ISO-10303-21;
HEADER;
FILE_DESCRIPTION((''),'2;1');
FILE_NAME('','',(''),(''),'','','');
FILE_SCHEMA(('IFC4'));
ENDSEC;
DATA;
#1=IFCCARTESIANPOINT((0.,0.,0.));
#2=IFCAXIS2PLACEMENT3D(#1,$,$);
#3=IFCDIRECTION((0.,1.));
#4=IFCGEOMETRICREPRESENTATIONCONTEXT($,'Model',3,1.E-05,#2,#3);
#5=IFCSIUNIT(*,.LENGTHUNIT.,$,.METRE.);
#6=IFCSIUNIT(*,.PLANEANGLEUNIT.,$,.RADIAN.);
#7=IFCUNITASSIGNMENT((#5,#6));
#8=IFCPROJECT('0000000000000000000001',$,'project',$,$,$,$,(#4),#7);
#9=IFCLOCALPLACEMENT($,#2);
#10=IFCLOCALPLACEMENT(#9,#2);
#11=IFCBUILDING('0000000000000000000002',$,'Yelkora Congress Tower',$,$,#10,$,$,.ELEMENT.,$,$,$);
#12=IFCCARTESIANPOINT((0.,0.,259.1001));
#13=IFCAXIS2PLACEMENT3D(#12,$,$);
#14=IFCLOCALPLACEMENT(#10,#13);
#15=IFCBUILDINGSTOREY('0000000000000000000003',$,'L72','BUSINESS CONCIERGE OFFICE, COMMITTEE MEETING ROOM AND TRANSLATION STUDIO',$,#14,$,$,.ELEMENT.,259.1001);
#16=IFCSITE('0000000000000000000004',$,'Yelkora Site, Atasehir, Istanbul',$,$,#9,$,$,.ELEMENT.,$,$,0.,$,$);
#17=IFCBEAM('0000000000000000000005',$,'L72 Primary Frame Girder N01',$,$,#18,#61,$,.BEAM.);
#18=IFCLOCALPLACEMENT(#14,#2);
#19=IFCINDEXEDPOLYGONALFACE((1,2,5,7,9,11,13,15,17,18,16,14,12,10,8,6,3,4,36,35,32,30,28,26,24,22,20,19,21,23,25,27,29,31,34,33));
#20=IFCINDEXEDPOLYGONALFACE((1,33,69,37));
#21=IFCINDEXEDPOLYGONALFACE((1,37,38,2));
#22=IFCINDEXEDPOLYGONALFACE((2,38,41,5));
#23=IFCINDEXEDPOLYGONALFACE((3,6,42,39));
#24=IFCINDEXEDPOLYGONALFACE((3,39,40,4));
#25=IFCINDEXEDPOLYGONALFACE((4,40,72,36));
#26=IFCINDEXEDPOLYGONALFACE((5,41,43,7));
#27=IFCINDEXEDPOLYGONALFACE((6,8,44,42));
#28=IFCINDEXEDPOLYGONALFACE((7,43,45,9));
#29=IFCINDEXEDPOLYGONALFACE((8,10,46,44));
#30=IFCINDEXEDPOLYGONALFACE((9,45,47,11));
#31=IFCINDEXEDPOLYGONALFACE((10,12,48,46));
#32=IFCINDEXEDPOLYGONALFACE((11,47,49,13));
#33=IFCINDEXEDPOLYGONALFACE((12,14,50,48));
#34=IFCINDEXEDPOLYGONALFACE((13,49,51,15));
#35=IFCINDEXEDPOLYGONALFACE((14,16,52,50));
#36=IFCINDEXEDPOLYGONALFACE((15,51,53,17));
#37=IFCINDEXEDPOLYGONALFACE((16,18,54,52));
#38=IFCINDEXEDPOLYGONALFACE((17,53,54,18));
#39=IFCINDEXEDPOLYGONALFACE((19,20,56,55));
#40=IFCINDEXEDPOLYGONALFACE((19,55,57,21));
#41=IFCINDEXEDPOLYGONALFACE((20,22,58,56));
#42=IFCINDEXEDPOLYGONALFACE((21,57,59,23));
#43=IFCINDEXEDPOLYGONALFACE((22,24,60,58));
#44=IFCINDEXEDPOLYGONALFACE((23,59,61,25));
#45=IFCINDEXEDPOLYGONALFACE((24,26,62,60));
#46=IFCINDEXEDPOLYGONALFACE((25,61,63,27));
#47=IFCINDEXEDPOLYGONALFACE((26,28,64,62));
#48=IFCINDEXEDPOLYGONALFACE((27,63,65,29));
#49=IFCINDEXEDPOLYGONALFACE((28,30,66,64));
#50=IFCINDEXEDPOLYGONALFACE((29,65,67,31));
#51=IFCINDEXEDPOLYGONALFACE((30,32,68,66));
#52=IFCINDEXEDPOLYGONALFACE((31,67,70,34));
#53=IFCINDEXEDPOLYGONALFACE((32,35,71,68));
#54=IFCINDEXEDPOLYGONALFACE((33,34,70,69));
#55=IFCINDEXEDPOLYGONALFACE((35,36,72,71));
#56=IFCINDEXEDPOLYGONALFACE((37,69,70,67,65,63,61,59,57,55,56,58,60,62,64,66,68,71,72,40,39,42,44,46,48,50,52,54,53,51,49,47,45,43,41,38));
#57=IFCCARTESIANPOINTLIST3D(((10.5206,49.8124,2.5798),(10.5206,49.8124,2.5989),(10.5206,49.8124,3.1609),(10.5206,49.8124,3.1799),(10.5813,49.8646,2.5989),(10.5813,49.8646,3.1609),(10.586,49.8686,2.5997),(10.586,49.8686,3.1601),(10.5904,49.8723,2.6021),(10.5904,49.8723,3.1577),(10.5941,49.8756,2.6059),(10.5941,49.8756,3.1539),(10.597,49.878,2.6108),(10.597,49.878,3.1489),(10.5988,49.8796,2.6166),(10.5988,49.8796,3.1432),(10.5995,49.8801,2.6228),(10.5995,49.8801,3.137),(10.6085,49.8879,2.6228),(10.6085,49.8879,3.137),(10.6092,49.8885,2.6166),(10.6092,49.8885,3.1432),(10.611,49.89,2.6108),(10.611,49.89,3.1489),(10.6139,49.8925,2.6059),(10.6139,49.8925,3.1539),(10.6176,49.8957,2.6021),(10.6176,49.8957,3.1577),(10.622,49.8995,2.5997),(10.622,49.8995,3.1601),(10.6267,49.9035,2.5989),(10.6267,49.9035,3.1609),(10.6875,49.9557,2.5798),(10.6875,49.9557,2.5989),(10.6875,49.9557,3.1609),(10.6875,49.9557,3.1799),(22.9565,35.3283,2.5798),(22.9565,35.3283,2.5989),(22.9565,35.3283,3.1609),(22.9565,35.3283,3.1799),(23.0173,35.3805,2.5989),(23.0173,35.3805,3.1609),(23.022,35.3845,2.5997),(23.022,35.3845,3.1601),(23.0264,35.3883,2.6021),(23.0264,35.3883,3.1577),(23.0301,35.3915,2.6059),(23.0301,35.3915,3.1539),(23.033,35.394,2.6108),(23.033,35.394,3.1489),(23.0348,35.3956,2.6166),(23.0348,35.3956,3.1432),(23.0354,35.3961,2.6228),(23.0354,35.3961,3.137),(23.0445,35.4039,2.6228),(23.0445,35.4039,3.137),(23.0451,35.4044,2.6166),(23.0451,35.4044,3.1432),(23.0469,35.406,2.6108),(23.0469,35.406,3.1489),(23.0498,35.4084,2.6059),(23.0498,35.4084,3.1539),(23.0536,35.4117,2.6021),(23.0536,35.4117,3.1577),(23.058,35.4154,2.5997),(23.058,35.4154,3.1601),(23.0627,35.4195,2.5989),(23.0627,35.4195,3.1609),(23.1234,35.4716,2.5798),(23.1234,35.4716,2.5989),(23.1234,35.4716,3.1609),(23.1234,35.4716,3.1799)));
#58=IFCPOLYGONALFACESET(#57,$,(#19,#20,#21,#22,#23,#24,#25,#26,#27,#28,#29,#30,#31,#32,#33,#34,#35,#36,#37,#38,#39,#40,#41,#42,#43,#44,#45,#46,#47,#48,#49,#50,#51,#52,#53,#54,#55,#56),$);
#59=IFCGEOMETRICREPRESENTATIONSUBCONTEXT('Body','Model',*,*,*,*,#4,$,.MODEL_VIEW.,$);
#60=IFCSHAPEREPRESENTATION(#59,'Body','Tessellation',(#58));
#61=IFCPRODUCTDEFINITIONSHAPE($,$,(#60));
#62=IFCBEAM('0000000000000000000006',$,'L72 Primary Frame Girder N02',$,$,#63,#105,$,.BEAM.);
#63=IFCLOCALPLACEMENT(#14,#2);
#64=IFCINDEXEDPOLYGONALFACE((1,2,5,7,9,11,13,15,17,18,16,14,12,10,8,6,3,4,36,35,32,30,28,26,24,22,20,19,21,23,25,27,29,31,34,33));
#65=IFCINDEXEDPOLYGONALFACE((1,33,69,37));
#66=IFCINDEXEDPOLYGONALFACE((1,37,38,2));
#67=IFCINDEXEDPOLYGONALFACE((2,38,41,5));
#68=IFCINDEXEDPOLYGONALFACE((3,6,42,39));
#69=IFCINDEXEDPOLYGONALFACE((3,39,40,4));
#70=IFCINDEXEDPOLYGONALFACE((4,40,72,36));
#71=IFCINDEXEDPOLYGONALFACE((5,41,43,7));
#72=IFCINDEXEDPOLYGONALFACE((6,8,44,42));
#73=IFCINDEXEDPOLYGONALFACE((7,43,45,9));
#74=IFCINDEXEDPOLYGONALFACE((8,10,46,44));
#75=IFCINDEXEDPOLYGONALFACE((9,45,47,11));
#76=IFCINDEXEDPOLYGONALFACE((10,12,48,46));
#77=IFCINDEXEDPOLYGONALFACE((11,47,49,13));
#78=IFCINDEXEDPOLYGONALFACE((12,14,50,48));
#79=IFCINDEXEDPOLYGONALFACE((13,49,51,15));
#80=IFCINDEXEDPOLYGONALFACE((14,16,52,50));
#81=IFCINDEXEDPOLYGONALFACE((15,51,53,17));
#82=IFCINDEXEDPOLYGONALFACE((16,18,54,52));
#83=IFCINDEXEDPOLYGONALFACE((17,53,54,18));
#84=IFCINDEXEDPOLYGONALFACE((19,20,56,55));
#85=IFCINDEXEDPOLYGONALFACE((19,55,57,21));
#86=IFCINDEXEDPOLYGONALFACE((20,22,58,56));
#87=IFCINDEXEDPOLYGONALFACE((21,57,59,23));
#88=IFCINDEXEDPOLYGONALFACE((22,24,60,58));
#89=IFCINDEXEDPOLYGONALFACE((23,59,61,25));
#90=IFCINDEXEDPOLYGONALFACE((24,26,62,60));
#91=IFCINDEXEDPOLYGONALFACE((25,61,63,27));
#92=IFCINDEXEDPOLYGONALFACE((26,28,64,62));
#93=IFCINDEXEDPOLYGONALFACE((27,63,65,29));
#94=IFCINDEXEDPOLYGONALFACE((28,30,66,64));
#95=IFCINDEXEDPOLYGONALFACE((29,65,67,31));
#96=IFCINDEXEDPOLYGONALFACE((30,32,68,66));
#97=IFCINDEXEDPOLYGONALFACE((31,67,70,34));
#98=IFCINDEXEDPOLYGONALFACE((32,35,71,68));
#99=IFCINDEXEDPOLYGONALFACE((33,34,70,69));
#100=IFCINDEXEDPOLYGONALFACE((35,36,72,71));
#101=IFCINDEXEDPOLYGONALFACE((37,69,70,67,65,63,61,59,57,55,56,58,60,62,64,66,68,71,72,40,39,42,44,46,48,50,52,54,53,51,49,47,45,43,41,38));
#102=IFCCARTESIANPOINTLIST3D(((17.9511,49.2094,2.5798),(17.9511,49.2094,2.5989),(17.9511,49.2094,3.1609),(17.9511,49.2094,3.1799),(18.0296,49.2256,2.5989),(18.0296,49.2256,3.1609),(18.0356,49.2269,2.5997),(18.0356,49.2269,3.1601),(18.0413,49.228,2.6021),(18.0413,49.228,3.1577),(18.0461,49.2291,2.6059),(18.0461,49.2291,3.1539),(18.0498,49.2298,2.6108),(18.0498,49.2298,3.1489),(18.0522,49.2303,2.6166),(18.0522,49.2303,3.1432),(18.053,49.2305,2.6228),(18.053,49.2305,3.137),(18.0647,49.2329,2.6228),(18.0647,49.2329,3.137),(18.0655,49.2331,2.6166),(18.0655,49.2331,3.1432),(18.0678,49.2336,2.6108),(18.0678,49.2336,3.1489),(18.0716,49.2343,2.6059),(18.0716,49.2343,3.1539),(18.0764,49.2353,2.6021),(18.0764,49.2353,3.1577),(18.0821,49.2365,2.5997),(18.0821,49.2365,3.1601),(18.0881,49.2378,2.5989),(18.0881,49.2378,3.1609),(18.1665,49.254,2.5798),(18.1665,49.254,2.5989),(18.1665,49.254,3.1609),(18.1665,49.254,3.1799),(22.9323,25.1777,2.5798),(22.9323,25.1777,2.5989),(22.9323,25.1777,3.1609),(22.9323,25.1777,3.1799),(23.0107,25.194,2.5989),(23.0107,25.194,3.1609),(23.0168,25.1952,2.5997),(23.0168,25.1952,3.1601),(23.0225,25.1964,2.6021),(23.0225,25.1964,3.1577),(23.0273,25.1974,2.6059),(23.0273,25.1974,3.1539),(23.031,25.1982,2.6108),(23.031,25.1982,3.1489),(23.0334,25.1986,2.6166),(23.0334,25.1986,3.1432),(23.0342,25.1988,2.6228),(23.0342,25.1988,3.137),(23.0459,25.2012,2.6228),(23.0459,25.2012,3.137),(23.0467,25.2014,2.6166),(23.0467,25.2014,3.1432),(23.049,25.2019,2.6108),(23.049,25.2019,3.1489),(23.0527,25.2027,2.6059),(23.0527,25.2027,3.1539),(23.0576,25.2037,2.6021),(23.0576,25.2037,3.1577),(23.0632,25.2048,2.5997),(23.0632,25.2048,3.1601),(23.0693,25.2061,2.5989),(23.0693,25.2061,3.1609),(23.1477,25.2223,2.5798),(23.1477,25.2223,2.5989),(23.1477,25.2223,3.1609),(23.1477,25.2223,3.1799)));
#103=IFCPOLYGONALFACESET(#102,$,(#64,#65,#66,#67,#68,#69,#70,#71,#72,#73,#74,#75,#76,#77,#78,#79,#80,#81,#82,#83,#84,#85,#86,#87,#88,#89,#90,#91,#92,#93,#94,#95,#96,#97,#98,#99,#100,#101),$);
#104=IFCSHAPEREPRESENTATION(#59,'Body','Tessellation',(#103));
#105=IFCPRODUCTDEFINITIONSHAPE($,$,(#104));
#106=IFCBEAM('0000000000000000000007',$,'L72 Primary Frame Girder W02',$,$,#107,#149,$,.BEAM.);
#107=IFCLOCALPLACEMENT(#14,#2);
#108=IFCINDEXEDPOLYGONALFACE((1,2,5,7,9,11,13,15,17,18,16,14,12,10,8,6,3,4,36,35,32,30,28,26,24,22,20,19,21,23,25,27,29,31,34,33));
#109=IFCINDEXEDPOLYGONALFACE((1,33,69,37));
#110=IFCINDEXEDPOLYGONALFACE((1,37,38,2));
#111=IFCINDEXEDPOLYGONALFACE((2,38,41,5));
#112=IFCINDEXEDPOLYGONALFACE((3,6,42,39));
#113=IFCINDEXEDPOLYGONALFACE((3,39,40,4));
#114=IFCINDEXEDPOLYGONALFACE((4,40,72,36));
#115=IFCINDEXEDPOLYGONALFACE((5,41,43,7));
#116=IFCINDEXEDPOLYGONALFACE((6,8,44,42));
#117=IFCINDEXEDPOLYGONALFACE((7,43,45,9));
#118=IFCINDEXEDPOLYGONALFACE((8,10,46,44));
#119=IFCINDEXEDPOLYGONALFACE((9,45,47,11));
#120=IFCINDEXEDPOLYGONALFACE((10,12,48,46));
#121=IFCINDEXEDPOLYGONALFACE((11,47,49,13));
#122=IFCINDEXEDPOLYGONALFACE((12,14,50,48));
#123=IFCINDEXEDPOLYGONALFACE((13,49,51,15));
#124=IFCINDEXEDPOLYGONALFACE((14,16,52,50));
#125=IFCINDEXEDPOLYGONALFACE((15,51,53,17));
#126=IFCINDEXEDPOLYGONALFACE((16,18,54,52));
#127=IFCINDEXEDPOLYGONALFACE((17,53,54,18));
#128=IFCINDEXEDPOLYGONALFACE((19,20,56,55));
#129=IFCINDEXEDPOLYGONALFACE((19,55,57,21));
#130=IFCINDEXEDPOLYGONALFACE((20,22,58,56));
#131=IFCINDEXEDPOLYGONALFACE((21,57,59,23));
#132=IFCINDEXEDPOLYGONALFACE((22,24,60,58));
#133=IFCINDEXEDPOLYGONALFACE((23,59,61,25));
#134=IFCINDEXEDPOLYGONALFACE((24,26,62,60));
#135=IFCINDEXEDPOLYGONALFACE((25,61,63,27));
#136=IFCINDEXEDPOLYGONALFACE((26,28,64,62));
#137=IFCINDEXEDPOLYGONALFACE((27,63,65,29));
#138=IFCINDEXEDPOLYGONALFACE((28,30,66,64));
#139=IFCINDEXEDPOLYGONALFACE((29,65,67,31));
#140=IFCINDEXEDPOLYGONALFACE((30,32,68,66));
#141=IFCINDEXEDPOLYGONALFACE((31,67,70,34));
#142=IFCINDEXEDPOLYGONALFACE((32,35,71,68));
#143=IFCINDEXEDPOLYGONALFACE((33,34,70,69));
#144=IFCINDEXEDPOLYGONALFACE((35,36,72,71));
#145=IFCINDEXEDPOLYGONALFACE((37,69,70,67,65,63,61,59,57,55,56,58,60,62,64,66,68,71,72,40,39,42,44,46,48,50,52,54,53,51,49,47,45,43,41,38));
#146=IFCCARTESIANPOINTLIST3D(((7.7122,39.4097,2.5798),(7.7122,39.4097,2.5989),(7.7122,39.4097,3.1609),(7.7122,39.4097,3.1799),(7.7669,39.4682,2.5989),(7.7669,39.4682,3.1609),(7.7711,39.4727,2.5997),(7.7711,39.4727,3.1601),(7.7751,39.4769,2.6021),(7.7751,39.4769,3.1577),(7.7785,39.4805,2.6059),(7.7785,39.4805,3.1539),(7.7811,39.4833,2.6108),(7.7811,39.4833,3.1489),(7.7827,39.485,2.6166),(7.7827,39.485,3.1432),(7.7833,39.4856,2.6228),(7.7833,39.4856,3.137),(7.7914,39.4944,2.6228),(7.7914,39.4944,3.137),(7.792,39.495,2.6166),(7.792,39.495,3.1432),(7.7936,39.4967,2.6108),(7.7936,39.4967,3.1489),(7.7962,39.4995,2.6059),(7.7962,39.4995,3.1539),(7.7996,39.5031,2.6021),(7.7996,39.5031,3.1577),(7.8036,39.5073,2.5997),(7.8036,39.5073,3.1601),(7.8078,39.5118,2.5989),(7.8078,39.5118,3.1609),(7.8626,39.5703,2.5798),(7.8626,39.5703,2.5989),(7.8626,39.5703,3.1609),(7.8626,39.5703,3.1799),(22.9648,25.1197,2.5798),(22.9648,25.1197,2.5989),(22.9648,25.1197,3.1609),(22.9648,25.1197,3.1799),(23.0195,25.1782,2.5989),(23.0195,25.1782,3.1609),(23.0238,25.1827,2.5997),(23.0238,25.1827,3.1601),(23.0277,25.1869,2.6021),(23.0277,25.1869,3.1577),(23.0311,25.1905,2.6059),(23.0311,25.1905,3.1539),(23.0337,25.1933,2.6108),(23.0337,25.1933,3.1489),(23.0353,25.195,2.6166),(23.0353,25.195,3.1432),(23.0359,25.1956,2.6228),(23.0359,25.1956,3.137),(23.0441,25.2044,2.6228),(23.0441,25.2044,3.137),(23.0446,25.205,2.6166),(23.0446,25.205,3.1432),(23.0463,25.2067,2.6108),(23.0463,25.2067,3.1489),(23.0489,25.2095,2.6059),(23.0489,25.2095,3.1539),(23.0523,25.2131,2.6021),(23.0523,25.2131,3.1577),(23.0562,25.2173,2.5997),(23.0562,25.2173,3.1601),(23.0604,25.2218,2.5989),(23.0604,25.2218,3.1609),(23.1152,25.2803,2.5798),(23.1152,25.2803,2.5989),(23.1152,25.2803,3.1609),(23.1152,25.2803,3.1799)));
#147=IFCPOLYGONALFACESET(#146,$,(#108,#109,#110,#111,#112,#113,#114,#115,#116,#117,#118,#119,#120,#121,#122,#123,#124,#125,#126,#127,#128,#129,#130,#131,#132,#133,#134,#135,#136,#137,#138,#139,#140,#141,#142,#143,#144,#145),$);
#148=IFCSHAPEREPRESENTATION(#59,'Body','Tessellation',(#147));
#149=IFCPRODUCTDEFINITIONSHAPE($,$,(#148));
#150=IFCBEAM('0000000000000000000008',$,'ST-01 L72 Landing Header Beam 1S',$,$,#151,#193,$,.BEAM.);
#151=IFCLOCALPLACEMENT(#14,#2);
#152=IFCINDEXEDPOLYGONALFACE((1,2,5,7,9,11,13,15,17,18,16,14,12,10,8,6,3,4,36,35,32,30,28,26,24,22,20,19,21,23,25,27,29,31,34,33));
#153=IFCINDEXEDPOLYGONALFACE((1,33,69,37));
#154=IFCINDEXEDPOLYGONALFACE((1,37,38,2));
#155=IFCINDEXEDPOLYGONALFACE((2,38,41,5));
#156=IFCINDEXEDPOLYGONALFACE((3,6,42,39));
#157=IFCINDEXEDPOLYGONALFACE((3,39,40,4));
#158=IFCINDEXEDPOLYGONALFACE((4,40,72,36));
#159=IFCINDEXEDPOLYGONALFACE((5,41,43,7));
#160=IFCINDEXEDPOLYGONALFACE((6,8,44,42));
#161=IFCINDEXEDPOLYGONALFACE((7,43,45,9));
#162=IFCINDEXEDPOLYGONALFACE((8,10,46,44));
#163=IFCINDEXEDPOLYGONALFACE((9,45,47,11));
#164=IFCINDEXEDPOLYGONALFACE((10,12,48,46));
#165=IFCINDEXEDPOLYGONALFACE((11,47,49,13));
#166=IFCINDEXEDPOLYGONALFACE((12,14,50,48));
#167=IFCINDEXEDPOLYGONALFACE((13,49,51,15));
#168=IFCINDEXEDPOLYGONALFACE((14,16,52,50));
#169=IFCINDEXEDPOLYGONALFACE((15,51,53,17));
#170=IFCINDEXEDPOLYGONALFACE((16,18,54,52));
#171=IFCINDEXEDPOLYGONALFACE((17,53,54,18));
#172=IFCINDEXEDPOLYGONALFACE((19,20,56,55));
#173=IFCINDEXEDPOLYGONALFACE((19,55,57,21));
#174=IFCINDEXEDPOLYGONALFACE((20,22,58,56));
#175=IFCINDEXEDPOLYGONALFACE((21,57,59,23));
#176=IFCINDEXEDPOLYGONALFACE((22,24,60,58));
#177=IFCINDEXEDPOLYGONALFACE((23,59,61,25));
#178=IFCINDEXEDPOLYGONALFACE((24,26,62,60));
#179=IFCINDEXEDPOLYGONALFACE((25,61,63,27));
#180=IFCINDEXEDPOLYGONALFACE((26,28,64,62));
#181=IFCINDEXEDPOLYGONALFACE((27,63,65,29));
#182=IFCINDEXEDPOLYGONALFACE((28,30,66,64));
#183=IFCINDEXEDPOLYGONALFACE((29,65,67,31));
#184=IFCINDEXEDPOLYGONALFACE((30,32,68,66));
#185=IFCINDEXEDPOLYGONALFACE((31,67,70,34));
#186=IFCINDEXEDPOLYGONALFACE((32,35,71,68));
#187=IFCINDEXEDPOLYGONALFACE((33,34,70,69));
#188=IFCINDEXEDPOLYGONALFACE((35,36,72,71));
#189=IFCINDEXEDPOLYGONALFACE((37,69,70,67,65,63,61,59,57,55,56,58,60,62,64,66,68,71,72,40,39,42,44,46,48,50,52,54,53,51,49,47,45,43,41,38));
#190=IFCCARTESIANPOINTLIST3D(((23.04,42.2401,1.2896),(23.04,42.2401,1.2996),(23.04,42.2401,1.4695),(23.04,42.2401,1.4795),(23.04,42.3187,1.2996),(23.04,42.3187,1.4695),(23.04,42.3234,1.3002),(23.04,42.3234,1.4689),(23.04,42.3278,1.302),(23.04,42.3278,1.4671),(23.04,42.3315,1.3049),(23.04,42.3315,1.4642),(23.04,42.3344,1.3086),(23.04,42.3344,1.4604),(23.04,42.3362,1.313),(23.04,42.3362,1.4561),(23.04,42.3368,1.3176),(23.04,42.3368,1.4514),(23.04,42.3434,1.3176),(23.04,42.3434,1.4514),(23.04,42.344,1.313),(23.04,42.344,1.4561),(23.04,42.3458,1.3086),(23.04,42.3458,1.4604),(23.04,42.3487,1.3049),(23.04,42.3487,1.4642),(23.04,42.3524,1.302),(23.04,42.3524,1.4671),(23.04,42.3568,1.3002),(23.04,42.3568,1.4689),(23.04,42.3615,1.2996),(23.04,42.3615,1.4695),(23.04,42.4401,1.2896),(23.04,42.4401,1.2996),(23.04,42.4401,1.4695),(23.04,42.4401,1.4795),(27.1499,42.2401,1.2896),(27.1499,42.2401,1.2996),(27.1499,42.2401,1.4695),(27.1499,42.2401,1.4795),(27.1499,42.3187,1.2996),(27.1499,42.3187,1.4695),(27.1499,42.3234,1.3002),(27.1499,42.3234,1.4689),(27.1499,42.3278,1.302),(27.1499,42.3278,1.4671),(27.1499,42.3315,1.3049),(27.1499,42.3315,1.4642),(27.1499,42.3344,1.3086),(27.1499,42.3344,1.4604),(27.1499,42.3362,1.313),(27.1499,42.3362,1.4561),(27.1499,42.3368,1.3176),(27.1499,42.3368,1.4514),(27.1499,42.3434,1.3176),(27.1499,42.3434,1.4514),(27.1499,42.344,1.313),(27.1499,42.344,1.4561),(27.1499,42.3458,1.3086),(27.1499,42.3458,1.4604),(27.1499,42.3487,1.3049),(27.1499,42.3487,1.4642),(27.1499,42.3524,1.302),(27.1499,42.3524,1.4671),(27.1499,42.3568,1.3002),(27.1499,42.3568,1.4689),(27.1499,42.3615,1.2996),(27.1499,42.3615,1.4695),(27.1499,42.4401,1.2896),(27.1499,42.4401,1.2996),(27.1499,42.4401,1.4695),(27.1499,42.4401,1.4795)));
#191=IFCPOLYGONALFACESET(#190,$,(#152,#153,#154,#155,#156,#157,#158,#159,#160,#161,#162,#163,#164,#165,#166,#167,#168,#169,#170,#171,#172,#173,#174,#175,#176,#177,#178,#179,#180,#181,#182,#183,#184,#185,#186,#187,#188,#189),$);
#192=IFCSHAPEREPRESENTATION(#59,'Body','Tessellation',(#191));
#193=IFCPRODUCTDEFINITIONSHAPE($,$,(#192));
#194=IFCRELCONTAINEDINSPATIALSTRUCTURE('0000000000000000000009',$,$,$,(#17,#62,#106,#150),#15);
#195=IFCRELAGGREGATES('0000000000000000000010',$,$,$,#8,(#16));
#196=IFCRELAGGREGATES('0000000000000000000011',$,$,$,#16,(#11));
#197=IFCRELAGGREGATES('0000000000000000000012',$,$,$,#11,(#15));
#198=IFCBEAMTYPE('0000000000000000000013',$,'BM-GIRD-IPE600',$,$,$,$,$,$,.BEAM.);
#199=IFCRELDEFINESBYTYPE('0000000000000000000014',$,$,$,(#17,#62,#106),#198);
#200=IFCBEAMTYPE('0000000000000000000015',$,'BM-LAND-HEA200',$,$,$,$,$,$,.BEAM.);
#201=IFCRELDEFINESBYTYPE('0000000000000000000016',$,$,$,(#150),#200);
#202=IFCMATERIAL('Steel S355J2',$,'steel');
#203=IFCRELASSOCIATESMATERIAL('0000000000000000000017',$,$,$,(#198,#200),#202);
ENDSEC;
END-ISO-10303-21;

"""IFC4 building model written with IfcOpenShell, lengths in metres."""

from ifc_helpers import new_model, si_unit, direction, frame, origin, origin_2d, place, context, subcontext, project, spatial, i_section, extrude, material, material_profile, profile_set, type_object, element, save


model = new_model("IFC4")

# Units and contexts
model_context = context("Model", 3, precision=1e-05, world=origin(), true_north=direction((0.0, 1.0)))
body_context = subcontext(model_context, "Body", "Model", "MODEL_VIEW")
ifc_project = project(units=[si_unit("LENGTHUNIT", "METRE"), si_unit("PLANEANGLEUNIT", "RADIAN")], contexts=[model_context])

# Site, building, storey
site_placement = place(None, origin())
site = spatial("IfcSite", under=ifc_project, at=site_placement, Name="Yelkora Site, Atasehir, Istanbul", CompositionType="ELEMENT", RefElevation=0.0)
building_placement = place(site_placement, origin())
building = spatial("IfcBuilding", under=site, at=building_placement, Name="Yelkora Congress Tower", CompositionType="ELEMENT")
storey_placement = place(building_placement, frame((0.0, 0.0, 259.1001)))
storey = spatial("IfcBuildingStorey", under=building, at=storey_placement, Name="L72", Description="BUSINESS CONCIERGE OFFICE, COMMITTEE MEETING ROOM AND TRANSLATION STUDIO", CompositionType="ELEMENT", Elevation=259.1001)

# Shared definitions
ifc_material_1 = material(Name="Steel S355J2", Category="steel")

# Beams
ifc_material_profile_1 = material_profile(ifc_material_1, i_section(OverallWidth=0.22, OverallDepth=0.6001, WebThickness=0.012, FlangeThickness=0.019, FilletRadius=0.0239, at=origin_2d()), Name="IPE 600")
ifc_profile_set_1 = profile_set([ifc_material_profile_1], Name="Steel S355J2")
beam_type_1 = type_object("IfcBeamType", Name="BM-GIRD-IPE600", PredefinedType="BEAM", material=ifc_profile_set_1)
beam_1_placement = place(storey_placement, frame((10.604, 49.884, 2.8799), z_axis=(0.651427, -0.758711, 0.0), x_axis=(0.758711, 0.651427, 0.0)))
element("IfcBeam", 1, at=beam_1_placement, inside=storey, type_object=beam_type_1, Name="L72 Primary Frame Girder N01", PredefinedType="BEAM", context=body_context, shape_type="SweptSolid", body=[
    extrude(i_section(OverallWidth=0.22, OverallDepth=0.6001, WebThickness=0.012, FlangeThickness=0.019, FilletRadius=0.0239, at=origin_2d()), origin(), (0.0, 0.0, 1.0), 19.0903),
])
beam_2_placement = place(storey_placement, frame((18.0588, 49.2317, 2.8799), z_axis=(0.202962, -0.979187, 0.0), x_axis=(0.979187, 0.202962, 0.0)))
element("IfcBeam", 2, at=beam_2_placement, inside=storey, type_object=beam_type_1, Name="L72 Primary Frame Girder N02", PredefinedType="BEAM", context=body_context, shape_type="SweptSolid", body=[
    extrude(i_section(OverallWidth=0.22, OverallDepth=0.6001, WebThickness=0.012, FlangeThickness=0.019, FilletRadius=0.0239, at=origin_2d()), origin(), (0.0, 0.0, 1.0), 24.5425),
])
beam_3_placement = place(storey_placement, frame((7.7874, 39.49, 2.8799), z_axis=(0.72976, -0.683703, 0.0), x_axis=(0.683703, 0.72976, 0.0)))
element("IfcBeam", 3, at=beam_3_placement, inside=storey, type_object=beam_type_1, Name="L72 Primary Frame Girder W02", PredefinedType="BEAM", context=body_context, shape_type="SweptSolid", body=[
    extrude(i_section(OverallWidth=0.22, OverallDepth=0.6001, WebThickness=0.012, FlangeThickness=0.019, FilletRadius=0.0239, at=origin_2d()), origin(), (0.0, 0.0, 1.0), 20.9009),
])
ifc_material_profile_2 = material_profile(ifc_material_1, i_section(OverallWidth=0.2, OverallDepth=0.1899, WebThickness=0.0066, FlangeThickness=0.01, FilletRadius=0.0181, at=origin_2d()), Name="HEA 200")
ifc_profile_set_2 = profile_set([ifc_material_profile_2], Name="Steel S355J2")
beam_type_2 = type_object("IfcBeamType", Name="BM-LAND-HEA200", PredefinedType="BEAM", material=ifc_profile_set_2)
for number, where, z_axis, x_axis, name in (
    (4, (23.04, 42.3401, 1.3845), (1.0, 0.0, 0.0), (0.0, 1.0, 0.0), "ST-01 L72 Landing Header Beam 1S"),
):
    element("IfcBeam", number, at=place(storey_placement, frame(where, z_axis=z_axis, x_axis=x_axis)), inside=storey, type_object=beam_type_2, Name=name, PredefinedType="BEAM", context=body_context, shape_type="SweptSolid", body=[
        extrude(i_section(OverallWidth=0.2, OverallDepth=0.1899, WebThickness=0.0066, FlangeThickness=0.01, FilletRadius=0.0181, at=origin_2d()), origin(), (0.0, 0.0, 1.0), 4.1099),
    ])

save(model, "model.ifc")
